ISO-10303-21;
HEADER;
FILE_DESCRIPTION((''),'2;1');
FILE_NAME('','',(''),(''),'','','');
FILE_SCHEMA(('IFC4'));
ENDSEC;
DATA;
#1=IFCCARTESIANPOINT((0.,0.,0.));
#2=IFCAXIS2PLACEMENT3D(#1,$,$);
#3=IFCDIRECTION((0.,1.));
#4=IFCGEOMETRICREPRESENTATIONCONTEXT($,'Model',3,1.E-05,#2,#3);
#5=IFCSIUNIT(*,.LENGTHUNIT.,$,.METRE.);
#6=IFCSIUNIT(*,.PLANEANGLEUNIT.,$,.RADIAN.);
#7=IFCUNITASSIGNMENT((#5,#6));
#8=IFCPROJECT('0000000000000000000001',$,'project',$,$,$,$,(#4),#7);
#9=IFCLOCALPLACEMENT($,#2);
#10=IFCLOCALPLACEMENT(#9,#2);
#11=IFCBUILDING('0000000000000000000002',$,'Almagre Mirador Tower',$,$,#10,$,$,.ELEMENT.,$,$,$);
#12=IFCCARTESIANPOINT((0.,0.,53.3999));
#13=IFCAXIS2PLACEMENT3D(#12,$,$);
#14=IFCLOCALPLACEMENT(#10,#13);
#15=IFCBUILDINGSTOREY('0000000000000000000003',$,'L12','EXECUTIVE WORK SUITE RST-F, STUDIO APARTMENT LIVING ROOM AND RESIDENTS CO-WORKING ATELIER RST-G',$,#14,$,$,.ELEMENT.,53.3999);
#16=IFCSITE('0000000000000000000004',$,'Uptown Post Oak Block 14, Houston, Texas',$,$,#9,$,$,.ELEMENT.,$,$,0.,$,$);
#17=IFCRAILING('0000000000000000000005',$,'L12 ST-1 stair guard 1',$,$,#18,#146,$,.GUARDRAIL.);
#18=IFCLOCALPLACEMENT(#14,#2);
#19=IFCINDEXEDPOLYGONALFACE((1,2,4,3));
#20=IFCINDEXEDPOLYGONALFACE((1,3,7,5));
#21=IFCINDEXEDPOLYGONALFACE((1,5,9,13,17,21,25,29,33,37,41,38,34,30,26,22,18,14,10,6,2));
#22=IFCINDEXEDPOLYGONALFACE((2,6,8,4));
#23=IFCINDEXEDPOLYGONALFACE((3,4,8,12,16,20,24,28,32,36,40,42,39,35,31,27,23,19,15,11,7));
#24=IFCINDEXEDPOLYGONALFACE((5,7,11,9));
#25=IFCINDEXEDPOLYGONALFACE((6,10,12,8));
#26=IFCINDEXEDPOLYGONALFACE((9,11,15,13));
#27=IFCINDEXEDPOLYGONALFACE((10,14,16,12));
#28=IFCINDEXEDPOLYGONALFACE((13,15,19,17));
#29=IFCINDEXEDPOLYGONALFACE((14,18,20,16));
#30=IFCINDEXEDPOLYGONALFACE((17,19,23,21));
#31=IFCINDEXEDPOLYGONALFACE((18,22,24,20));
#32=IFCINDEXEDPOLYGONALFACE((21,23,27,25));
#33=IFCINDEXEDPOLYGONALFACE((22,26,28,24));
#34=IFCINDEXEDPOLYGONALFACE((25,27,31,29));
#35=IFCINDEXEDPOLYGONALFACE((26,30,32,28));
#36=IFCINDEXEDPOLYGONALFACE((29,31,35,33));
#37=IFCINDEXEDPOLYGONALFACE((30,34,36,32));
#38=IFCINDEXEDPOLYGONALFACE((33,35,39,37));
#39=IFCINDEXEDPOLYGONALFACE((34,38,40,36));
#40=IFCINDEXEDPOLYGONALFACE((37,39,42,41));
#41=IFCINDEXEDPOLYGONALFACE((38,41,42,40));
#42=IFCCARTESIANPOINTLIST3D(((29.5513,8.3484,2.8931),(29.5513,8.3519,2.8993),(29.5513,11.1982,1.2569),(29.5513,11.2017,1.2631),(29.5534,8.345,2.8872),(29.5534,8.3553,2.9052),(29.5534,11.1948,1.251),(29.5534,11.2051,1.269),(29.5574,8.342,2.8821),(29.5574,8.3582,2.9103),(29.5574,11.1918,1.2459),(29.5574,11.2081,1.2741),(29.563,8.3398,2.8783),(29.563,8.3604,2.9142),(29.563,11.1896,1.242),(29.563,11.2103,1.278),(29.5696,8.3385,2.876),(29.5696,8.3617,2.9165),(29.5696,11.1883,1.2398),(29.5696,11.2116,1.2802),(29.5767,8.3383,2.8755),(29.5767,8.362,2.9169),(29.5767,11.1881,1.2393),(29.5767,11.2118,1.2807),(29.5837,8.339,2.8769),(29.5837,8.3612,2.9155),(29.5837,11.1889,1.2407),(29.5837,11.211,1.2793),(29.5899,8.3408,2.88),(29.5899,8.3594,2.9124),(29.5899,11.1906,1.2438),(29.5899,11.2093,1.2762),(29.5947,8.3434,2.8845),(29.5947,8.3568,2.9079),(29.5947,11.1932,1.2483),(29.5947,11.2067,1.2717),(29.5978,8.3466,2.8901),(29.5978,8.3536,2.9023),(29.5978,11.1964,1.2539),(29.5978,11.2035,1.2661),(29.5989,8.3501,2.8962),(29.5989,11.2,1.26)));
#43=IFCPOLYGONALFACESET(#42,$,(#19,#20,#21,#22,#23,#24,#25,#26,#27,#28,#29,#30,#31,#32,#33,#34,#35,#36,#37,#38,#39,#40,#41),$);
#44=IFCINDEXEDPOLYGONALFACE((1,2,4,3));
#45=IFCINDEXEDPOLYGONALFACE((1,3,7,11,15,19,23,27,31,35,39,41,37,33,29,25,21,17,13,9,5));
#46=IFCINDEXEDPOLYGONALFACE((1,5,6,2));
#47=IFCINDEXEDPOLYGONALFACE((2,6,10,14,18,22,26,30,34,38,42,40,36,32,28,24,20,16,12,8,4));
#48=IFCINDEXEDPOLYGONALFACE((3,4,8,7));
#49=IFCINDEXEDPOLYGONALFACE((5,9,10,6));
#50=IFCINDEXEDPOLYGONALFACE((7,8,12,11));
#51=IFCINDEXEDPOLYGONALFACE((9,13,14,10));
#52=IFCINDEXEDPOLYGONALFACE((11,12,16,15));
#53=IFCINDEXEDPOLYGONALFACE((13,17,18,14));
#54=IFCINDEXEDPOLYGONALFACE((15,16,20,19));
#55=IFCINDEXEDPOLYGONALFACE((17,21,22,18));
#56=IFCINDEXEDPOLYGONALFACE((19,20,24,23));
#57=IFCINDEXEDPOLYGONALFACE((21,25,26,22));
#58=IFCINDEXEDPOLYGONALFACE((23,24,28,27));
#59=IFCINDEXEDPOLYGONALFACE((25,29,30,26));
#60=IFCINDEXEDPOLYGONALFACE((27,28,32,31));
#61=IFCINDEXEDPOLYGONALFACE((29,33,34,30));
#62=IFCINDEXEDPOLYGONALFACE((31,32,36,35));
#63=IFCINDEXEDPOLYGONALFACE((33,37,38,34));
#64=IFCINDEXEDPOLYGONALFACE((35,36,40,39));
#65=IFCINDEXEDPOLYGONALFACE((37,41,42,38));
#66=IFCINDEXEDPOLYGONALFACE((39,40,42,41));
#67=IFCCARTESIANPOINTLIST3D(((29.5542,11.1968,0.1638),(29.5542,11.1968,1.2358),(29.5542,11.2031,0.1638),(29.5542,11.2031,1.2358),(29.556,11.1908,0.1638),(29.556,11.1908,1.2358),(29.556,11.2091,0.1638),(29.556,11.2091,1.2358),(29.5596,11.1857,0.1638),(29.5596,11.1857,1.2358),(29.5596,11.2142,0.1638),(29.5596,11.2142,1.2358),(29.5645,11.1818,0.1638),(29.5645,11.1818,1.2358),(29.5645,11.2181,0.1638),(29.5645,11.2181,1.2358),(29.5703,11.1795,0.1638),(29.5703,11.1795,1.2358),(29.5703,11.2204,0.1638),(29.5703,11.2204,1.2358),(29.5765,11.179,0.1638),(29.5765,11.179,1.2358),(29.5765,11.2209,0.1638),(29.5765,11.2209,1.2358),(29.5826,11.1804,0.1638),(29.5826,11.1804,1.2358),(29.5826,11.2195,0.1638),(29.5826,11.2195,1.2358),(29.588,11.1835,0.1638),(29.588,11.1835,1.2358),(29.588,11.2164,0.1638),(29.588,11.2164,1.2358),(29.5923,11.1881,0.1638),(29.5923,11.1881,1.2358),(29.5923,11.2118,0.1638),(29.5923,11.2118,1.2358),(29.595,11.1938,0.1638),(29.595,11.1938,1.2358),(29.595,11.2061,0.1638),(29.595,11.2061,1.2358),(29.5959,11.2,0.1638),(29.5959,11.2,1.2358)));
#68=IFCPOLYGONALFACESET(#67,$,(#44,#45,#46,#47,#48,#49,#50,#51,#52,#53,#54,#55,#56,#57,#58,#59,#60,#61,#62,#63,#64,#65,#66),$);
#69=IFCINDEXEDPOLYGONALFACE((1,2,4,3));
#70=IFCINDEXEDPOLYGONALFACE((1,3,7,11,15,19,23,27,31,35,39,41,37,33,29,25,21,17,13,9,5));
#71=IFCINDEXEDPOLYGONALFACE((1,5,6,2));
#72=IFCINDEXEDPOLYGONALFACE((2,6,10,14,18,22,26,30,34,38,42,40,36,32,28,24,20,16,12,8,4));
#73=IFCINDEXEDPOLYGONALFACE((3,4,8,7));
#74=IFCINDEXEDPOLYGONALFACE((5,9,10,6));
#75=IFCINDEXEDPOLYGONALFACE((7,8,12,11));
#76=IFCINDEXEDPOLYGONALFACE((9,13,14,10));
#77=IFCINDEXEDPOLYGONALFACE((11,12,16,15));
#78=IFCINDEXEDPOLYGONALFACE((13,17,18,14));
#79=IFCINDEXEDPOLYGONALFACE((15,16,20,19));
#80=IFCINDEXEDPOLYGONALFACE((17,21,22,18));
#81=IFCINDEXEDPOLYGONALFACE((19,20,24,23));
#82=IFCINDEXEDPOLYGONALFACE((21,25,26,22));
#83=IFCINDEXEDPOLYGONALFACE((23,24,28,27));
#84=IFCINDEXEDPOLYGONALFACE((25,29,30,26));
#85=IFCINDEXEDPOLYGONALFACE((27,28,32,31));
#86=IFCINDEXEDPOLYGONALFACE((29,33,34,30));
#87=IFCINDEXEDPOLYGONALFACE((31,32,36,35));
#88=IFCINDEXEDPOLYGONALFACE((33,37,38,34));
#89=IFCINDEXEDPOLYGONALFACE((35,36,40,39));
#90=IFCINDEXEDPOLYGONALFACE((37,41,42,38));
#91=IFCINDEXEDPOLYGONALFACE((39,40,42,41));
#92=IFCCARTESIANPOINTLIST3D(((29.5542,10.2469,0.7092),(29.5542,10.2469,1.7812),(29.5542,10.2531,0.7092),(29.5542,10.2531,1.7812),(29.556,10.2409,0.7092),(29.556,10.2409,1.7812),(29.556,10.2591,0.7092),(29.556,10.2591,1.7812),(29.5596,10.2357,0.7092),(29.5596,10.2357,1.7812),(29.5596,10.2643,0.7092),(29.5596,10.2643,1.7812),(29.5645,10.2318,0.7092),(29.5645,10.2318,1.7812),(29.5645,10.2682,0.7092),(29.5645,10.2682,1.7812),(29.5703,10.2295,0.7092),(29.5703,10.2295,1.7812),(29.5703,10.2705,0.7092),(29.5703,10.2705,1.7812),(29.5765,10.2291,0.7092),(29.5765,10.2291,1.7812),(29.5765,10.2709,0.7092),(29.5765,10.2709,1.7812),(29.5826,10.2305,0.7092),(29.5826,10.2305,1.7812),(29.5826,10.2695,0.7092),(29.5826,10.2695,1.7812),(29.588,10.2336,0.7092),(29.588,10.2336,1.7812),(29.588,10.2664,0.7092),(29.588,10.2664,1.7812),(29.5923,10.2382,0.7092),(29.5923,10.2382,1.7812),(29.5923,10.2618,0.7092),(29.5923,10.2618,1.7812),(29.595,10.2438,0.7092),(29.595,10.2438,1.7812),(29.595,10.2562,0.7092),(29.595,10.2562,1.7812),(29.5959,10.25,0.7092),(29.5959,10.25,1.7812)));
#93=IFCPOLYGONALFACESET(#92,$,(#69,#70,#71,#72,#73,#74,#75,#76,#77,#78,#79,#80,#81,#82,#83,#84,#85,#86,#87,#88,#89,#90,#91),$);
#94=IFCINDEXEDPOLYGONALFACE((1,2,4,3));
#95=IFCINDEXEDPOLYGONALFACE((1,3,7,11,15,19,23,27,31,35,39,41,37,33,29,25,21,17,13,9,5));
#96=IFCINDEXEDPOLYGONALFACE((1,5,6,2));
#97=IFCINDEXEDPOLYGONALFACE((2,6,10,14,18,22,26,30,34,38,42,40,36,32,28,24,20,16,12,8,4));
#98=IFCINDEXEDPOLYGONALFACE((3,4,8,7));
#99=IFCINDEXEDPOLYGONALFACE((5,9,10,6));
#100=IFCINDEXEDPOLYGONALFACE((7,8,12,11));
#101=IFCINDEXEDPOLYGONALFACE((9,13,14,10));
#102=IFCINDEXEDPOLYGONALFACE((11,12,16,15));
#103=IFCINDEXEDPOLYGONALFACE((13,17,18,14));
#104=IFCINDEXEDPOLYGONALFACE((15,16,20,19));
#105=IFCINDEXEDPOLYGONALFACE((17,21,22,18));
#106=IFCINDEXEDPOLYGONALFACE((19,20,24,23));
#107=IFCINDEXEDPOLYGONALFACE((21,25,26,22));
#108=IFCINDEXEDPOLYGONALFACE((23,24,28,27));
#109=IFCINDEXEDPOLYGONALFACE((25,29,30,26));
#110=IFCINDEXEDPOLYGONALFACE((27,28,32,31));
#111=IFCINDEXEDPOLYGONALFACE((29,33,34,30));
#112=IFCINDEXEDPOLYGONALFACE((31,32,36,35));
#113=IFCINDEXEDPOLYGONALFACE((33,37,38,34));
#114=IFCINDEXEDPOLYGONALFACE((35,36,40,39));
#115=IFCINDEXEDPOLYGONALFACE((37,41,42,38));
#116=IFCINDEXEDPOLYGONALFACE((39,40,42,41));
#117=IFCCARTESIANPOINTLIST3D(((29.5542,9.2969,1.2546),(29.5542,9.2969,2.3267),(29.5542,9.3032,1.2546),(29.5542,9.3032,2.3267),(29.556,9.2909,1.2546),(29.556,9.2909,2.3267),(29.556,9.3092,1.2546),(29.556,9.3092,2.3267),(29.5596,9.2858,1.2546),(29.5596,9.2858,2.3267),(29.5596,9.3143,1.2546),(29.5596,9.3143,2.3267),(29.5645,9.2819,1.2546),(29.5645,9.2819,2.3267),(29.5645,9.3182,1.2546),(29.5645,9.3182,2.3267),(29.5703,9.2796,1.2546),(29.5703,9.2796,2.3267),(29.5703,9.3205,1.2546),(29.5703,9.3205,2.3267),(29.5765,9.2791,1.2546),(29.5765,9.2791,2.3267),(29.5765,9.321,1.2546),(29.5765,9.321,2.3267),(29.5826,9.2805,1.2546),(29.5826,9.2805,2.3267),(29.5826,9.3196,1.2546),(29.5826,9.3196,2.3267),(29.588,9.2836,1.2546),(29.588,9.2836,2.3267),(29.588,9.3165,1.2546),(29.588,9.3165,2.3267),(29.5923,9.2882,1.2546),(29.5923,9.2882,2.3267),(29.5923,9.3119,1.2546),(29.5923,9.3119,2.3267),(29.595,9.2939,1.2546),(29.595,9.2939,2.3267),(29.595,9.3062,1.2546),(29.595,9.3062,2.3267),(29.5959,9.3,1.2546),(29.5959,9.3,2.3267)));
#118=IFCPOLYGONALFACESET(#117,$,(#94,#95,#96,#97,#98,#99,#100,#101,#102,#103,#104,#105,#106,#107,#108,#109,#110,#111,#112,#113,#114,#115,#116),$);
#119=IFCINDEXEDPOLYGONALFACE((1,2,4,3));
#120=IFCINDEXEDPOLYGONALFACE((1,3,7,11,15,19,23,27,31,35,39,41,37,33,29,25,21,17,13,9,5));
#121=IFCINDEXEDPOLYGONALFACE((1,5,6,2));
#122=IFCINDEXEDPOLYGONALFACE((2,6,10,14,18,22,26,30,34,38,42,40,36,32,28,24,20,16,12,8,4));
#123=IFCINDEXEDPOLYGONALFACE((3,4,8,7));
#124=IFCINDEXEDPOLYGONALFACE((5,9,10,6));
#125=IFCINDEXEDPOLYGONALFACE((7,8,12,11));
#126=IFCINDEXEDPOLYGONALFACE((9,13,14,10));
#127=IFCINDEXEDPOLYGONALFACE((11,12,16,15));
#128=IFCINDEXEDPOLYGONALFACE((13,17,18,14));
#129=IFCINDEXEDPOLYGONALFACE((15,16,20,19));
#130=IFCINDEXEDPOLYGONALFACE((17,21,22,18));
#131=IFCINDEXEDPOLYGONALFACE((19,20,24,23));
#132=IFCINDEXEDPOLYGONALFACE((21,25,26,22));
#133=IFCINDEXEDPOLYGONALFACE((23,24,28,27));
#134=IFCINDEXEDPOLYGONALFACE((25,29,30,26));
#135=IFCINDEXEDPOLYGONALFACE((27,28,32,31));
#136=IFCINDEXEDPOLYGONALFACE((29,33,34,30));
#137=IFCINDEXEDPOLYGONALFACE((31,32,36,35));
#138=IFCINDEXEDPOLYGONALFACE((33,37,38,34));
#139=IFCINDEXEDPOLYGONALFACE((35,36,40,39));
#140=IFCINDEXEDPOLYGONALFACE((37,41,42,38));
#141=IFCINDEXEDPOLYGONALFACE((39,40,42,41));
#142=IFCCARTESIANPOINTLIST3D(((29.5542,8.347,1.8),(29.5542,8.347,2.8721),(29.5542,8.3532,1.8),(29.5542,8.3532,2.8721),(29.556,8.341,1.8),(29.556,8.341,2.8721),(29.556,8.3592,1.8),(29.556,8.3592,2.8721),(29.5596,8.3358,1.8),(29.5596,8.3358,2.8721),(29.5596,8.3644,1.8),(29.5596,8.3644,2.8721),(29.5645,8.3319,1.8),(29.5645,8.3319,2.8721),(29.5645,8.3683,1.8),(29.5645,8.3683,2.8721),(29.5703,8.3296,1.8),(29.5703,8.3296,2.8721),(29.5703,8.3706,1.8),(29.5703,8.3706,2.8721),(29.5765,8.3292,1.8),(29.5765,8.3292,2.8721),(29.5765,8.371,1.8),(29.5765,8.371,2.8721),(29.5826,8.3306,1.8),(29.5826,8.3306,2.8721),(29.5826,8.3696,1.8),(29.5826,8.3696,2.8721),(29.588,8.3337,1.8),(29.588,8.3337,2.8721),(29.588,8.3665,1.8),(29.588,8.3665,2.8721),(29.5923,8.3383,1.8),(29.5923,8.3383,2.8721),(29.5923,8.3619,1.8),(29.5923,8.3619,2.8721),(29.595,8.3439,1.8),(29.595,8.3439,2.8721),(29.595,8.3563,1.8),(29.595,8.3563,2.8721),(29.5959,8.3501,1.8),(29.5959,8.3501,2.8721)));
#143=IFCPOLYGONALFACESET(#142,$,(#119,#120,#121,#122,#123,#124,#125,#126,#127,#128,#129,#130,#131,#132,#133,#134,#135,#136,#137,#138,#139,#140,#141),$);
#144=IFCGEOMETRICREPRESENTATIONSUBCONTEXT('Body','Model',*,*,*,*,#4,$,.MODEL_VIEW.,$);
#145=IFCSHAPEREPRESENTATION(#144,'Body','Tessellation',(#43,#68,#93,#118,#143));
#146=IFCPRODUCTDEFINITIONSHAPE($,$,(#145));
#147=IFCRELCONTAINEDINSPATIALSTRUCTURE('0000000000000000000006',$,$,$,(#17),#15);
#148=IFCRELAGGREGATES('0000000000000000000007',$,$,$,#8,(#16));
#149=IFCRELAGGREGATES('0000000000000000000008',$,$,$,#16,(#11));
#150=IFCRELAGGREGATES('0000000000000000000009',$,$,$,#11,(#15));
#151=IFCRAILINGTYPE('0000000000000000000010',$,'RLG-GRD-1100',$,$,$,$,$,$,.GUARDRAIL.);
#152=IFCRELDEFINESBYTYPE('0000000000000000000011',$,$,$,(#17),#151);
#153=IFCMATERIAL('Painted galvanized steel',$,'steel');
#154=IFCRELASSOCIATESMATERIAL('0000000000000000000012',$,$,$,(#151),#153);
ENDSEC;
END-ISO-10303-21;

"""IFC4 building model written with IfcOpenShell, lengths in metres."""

from ifc_helpers import new_model, si_unit, direction, frame, origin, origin_2d, place, context, subcontext, project, spatial, circle, extrude, material, type_object, element, save


model = new_model("IFC4")

# Units and contexts
model_context = context("Model", 3, precision=1e-05, world=origin(), true_north=direction((0.0, 1.0)))
body_context = subcontext(model_context, "Body", "Model", "MODEL_VIEW")
ifc_project = project(units=[si_unit("LENGTHUNIT", "METRE"), si_unit("PLANEANGLEUNIT", "RADIAN")], contexts=[model_context])

# Site, building, storey
site_placement = place(None, origin())
site = spatial("IfcSite", under=ifc_project, at=site_placement, Name="Uptown Post Oak Block 14, Houston, Texas", CompositionType="ELEMENT", RefElevation=0.0)
building_placement = place(site_placement, origin())
building = spatial("IfcBuilding", under=site, at=building_placement, Name="Almagre Mirador Tower", CompositionType="ELEMENT")
storey_placement = place(building_placement, frame((0.0, 0.0, 53.3999)))
storey = spatial("IfcBuildingStorey", under=building, at=storey_placement, Name="L12", Description="EXECUTIVE WORK SUITE RST-F, STUDIO APARTMENT LIVING ROOM AND RESIDENTS CO-WORKING ATELIER RST-G", CompositionType="ELEMENT", Elevation=53.3999)

# Railing
ifc_material_1 = material(Name="Painted galvanized steel", Category="steel")
railing_type_1 = type_object("IfcRailingType", Name="RLG-GRD-1100", PredefinedType="GUARDRAIL", material=ifc_material_1)
railing_1_placement = place(storey_placement, frame((29.575, 11.2, 0.1638)))
element("IfcRailing", 1, at=railing_1_placement, inside=storey, type_object=railing_type_1, Name="L12 ST-1 stair guard 1", PredefinedType="GUARDRAIL", context=body_context, shape_type="SweptSolid", body=[
    extrude(circle(Radius=0.0239, at=origin_2d()), frame((0.0, 0.0, 1.0962), z_axis=(0.0, -0.867226, 0.497914), x_axis=(1.0, 0.0, 0.0)), (0.0, 0.0, 1.0), 3.2861),
    extrude(circle(Radius=0.021, at=origin_2d()), origin(), (0.0, 0.0, 1.0), 1.072),
    extrude(circle(Radius=0.021, at=origin_2d()), frame((0.0, -0.95, 0.5454)), (0.0, 0.0, 1.0), 1.072),
    extrude(circle(Radius=0.021, at=origin_2d()), frame((0.0, -1.8999, 1.0908)), (0.0, 0.0, 1.0), 1.072),
    extrude(circle(Radius=0.021, at=origin_2d()), frame((0.0, -2.8499, 1.6362)), (0.0, 0.0, 1.0), 1.072),
])

save(model, "model.ifc")
